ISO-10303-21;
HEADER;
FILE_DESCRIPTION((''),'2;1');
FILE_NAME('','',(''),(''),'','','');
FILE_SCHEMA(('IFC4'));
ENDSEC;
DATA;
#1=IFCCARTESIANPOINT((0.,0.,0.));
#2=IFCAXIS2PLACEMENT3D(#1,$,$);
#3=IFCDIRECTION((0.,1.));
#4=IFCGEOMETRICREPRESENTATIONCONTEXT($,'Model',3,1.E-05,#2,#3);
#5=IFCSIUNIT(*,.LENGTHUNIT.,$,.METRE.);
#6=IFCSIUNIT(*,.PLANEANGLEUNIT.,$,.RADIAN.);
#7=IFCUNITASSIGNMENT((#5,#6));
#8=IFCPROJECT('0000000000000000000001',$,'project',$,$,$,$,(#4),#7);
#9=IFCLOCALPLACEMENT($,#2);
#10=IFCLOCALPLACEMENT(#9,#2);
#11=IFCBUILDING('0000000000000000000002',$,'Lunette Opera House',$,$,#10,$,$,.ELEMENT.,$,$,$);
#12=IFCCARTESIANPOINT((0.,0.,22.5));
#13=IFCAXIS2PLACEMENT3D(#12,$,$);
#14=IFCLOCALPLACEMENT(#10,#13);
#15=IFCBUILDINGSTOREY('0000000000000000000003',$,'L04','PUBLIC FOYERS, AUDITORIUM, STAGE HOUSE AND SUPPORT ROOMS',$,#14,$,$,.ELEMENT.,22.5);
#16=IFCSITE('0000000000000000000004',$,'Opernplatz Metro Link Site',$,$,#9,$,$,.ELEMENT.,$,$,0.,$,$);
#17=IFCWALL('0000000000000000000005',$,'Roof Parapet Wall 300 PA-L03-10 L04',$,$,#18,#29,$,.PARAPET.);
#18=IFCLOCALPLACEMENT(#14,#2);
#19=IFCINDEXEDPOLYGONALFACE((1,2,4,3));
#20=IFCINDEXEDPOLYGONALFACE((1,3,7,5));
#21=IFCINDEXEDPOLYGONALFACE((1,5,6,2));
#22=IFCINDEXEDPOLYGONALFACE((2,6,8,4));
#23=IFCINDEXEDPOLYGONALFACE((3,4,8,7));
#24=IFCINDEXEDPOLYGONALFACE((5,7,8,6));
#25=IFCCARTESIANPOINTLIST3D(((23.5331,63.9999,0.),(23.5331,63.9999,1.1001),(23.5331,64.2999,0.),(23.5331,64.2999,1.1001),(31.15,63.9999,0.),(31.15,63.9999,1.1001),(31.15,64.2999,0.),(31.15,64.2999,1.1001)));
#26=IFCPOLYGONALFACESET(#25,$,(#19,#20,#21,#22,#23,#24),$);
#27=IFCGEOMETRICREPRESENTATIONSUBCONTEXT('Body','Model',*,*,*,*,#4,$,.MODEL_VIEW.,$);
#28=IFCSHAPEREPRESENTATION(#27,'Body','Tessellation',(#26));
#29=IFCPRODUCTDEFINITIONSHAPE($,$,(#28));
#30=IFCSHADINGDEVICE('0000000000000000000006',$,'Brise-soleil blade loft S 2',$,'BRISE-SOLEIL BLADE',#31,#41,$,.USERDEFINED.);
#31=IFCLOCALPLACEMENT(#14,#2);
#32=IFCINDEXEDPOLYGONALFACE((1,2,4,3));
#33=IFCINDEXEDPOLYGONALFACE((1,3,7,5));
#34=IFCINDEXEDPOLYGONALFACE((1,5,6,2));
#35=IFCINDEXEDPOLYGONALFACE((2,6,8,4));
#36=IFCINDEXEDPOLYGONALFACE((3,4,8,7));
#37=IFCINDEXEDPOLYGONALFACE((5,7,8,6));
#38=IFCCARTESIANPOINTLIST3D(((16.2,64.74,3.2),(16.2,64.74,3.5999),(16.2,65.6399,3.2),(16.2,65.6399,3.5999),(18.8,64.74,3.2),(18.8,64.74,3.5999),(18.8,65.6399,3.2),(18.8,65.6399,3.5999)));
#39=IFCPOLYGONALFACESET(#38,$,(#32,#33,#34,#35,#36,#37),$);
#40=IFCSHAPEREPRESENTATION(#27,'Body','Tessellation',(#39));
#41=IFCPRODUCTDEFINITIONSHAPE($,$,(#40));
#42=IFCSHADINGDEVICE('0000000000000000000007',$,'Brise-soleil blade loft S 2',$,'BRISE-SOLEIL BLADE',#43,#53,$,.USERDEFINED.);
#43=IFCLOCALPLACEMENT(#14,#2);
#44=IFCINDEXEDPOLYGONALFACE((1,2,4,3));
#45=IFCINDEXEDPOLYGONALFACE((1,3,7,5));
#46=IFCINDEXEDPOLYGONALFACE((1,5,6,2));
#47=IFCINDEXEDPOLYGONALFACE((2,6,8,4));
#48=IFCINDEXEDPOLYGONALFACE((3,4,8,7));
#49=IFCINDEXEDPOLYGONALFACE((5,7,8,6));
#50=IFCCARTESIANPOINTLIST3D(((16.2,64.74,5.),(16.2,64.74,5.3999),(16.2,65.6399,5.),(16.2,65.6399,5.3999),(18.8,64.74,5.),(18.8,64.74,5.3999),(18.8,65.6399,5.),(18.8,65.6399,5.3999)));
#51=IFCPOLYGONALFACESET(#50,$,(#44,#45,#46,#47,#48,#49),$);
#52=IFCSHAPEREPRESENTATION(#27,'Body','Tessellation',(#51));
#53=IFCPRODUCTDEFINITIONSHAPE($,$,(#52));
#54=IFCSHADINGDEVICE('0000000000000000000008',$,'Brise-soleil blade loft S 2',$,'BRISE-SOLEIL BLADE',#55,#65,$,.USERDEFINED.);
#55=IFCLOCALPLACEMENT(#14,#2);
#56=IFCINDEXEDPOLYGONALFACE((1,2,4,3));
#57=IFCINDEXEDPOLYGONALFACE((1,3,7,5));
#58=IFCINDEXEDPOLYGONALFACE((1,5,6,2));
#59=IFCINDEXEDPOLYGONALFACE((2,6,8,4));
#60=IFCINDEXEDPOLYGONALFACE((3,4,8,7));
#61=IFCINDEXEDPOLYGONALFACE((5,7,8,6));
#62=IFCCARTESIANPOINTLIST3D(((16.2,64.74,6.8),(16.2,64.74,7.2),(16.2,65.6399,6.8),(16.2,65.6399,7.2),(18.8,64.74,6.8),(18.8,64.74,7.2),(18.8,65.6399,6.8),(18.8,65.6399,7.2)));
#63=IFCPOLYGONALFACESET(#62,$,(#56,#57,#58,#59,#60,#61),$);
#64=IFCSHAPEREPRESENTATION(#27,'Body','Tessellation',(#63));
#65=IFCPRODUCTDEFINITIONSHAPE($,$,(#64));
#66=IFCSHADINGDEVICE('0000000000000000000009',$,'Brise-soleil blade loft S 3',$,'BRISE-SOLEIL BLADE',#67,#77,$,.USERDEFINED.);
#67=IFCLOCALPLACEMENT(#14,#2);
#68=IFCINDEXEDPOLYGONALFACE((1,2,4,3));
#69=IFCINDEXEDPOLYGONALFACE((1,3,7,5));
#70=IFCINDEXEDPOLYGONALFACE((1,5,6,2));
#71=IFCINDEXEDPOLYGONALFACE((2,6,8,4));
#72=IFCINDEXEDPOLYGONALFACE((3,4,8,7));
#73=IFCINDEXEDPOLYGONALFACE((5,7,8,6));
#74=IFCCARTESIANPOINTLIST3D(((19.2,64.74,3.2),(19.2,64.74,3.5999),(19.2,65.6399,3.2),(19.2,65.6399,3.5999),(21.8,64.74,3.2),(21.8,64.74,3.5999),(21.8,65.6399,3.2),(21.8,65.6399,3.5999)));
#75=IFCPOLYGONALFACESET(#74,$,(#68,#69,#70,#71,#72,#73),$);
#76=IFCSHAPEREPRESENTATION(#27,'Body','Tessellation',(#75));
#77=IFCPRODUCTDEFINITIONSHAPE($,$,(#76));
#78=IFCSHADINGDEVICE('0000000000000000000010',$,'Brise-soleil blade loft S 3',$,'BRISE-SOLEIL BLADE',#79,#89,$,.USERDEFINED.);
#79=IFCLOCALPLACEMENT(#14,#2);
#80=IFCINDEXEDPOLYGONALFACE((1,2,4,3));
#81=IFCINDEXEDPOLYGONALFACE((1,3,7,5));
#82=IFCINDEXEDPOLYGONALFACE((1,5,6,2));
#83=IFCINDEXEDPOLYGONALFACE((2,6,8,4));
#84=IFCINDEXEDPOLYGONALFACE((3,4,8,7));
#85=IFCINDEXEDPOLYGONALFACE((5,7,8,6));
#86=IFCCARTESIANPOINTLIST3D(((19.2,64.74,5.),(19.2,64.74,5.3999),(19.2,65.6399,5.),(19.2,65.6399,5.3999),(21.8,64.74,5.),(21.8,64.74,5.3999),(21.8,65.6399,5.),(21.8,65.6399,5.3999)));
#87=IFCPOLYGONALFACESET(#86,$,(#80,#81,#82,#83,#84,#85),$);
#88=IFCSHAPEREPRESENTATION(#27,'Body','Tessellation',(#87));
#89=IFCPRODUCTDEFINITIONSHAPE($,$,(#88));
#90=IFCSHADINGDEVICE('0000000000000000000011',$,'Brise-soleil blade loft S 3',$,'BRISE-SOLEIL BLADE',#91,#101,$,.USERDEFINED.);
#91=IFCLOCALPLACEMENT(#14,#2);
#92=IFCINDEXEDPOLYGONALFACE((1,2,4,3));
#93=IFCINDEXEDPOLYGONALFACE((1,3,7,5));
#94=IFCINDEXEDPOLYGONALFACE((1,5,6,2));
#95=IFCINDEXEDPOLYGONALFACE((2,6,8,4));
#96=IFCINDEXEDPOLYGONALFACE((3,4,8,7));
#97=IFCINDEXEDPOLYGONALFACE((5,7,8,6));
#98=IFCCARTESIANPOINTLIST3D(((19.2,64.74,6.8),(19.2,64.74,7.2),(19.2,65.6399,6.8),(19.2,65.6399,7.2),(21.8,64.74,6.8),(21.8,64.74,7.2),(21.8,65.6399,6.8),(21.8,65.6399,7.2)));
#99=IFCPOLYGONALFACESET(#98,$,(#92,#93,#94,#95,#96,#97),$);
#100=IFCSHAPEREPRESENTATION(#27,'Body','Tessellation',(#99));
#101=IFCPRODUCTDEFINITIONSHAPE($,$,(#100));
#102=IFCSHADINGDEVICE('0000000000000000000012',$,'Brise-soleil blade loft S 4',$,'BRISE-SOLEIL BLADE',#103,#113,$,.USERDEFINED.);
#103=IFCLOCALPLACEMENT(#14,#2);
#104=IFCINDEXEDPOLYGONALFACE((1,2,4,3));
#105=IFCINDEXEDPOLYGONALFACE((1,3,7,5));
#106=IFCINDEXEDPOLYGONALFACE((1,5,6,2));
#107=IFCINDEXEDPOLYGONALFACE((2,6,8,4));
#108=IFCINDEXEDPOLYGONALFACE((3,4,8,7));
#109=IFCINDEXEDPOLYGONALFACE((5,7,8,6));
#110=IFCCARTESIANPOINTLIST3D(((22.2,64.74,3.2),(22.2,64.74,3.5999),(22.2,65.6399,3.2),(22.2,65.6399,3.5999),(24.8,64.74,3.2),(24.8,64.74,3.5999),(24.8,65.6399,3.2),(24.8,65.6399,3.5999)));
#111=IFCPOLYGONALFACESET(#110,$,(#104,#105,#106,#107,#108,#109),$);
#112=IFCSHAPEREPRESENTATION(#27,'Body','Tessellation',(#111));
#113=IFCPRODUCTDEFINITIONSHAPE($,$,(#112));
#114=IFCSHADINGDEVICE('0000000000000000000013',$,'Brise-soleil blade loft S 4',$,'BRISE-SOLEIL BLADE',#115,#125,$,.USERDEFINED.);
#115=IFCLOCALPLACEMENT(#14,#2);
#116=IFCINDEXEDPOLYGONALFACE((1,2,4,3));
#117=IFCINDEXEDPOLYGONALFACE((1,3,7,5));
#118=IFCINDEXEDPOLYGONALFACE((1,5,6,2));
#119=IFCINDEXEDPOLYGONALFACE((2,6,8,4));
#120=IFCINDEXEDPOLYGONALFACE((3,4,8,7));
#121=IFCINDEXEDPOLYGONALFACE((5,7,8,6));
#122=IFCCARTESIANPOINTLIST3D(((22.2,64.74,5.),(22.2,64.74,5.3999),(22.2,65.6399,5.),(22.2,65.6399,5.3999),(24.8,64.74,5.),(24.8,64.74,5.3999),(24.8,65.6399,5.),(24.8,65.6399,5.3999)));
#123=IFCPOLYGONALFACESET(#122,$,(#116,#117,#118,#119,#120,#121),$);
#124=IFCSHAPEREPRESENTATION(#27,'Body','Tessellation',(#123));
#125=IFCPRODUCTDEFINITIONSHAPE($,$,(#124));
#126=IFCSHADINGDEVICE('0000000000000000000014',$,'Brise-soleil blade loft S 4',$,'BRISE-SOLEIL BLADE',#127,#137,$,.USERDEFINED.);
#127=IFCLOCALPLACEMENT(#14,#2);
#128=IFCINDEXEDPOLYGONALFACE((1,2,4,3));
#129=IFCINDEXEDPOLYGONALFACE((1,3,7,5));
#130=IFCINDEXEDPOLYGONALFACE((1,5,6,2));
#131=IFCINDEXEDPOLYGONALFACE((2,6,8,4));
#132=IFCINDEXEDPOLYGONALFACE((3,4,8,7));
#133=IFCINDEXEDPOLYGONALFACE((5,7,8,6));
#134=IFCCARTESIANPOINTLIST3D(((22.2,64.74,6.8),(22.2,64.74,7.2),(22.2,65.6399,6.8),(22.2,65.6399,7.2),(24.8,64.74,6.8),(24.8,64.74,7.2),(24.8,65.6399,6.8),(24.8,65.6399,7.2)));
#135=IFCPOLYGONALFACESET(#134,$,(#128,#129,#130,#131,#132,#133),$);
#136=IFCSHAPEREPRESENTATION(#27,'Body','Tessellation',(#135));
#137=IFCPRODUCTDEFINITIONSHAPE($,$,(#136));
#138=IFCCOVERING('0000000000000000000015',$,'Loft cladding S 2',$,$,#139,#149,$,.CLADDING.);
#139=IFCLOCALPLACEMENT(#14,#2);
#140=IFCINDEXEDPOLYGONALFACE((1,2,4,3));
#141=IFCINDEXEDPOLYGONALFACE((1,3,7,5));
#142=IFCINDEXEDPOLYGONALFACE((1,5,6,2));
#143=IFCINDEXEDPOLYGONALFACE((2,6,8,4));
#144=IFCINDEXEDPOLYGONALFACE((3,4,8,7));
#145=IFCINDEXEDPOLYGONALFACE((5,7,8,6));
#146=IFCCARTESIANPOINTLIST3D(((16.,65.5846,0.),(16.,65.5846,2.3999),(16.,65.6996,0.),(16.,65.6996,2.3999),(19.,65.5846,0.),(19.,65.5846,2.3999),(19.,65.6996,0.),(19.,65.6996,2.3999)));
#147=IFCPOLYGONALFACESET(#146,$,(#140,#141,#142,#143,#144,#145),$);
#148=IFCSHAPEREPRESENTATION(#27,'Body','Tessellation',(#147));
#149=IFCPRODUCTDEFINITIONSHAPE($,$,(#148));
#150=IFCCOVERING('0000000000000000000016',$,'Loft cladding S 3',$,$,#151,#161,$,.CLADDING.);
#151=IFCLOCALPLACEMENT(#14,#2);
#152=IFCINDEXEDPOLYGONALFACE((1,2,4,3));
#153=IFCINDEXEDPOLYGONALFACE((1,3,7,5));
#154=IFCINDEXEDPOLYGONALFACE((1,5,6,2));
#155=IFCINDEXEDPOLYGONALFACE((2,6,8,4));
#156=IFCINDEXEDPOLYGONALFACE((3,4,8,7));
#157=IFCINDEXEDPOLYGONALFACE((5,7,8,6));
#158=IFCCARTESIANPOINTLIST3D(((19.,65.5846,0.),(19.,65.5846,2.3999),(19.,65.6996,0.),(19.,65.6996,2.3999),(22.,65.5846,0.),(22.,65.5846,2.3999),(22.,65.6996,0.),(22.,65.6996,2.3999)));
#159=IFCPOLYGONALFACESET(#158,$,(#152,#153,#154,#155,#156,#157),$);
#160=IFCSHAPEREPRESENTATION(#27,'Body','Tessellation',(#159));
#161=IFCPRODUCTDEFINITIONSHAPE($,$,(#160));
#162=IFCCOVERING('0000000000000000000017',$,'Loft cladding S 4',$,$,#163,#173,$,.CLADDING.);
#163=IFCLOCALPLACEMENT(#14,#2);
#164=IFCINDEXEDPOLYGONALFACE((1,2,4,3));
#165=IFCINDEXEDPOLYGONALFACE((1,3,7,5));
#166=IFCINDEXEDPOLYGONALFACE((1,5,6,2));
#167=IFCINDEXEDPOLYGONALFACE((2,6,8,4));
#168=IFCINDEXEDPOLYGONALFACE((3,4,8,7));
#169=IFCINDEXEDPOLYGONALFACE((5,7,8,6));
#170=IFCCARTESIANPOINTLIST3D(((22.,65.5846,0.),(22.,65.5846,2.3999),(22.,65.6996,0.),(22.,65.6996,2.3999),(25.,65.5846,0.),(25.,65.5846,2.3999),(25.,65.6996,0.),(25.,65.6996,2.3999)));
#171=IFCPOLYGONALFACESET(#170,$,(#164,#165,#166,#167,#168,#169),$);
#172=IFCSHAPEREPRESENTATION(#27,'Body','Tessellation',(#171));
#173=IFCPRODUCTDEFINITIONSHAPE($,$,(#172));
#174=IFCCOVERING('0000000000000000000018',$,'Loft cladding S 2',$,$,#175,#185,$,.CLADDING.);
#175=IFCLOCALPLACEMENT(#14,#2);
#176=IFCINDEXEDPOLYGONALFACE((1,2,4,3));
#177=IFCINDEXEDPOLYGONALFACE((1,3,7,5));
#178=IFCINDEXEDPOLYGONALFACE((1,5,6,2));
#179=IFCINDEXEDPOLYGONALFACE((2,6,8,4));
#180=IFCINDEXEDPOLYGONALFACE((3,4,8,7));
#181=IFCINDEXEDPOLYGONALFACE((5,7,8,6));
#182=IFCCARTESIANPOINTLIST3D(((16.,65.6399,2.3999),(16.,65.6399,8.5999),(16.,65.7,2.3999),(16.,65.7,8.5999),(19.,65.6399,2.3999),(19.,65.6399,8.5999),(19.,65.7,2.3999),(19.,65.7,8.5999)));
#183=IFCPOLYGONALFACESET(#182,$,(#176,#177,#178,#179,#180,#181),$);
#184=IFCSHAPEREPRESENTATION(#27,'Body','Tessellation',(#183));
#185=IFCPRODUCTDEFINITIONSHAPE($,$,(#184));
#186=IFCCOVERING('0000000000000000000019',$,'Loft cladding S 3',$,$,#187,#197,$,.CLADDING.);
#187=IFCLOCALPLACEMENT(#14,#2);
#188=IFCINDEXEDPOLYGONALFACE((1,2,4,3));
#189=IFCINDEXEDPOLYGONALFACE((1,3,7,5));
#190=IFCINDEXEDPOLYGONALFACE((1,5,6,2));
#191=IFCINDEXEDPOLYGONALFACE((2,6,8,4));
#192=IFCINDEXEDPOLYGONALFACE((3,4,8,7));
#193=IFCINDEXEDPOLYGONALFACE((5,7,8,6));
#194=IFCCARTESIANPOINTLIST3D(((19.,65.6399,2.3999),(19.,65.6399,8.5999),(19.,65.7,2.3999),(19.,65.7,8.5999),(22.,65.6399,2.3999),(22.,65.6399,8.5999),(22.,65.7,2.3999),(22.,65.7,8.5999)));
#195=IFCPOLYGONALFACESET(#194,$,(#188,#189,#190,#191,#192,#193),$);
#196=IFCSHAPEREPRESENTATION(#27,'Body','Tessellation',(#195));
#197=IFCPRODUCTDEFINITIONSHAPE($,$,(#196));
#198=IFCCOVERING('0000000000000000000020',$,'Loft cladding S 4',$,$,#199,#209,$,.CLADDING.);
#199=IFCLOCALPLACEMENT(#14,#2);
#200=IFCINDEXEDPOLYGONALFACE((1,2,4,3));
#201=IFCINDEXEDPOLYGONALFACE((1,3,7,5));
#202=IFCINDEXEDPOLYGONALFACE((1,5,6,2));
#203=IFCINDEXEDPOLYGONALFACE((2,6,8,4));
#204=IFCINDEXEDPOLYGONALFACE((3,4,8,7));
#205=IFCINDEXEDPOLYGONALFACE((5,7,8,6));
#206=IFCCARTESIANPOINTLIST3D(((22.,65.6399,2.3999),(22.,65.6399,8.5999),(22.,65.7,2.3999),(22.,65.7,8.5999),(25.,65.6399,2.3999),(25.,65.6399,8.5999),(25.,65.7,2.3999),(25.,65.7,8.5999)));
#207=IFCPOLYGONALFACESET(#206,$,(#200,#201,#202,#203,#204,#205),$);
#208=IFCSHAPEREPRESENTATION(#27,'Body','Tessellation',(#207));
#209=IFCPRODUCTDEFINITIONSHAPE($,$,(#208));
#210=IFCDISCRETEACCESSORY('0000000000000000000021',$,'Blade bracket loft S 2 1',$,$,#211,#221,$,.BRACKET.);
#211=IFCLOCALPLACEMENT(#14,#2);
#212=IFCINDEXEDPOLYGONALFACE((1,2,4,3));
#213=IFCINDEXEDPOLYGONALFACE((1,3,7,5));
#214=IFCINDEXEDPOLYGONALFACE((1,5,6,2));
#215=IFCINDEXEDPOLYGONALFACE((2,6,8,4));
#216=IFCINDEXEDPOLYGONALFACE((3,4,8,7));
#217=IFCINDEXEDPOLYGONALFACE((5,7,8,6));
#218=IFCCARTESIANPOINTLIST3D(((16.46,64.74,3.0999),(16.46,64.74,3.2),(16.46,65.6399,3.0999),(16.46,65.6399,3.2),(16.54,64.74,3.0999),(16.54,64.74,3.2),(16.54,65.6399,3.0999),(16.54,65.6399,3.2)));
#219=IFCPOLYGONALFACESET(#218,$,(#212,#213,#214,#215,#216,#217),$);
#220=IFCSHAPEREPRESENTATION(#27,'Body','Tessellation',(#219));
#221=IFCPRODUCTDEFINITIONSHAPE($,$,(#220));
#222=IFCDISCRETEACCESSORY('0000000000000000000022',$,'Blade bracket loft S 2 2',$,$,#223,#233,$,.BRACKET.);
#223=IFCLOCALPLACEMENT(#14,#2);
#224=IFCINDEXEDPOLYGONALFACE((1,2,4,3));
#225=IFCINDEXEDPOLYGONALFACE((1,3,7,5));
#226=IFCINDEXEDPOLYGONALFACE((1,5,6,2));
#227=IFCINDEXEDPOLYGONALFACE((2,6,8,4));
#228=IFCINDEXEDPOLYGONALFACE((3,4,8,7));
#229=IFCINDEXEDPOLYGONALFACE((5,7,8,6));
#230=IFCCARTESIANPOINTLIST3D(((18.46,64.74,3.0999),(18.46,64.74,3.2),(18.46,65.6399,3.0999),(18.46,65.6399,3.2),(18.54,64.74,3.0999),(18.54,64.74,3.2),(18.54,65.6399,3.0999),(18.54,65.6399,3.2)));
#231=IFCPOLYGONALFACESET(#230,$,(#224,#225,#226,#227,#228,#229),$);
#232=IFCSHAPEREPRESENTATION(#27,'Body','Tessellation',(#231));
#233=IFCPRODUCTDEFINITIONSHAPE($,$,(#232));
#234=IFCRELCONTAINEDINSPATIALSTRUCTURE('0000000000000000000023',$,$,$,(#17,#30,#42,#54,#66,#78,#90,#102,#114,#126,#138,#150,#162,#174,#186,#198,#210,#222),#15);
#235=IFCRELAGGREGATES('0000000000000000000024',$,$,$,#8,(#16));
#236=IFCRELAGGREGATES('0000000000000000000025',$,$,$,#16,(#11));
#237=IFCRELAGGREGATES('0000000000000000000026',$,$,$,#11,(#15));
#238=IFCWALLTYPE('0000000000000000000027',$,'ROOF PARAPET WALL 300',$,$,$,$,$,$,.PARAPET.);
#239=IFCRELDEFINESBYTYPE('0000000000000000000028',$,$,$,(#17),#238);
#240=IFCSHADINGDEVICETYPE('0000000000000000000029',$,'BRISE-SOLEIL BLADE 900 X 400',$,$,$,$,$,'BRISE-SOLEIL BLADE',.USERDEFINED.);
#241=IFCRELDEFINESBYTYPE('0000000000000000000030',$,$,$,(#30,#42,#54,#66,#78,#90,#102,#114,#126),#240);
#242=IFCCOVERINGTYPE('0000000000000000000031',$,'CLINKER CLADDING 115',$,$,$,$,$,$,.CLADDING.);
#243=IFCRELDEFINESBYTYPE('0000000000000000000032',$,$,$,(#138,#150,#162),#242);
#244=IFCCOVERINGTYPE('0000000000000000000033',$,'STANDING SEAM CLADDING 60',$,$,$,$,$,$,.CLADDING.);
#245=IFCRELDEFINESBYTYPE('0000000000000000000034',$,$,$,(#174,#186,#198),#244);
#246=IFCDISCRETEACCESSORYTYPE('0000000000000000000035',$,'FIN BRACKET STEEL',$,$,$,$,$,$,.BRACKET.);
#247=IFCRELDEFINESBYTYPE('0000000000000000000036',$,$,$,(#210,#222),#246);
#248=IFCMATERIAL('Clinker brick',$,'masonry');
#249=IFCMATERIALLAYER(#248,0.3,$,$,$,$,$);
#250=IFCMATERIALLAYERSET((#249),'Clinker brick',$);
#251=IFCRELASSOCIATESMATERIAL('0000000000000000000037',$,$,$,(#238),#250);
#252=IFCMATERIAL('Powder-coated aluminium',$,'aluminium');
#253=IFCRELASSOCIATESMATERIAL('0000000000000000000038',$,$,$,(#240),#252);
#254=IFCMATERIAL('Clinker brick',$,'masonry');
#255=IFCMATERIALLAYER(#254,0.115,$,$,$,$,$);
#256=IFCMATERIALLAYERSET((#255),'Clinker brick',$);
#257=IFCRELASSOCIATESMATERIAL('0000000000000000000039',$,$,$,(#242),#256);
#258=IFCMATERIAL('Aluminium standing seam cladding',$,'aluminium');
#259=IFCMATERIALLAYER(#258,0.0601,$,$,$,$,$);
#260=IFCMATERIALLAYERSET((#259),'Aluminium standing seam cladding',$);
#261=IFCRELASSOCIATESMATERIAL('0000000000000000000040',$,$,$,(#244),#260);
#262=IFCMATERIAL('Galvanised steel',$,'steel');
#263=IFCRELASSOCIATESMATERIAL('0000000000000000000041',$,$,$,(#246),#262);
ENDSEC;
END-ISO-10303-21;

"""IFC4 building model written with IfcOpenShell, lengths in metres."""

from ifc_helpers import new_model, si_unit, direction, frame, frame_2d, origin, origin_2d, place, context, subcontext, project, spatial, rectangle, extrude, material, layer, layer_set, type_object, element, save


model = new_model("IFC4")

# Units and contexts
model_context = context("Model", 3, precision=1e-05, world=origin(), true_north=direction((0.0, 1.0)))
body_context = subcontext(model_context, "Body", "Model", "MODEL_VIEW")
ifc_project = project(units=[si_unit("LENGTHUNIT", "METRE"), si_unit("PLANEANGLEUNIT", "RADIAN")], contexts=[model_context])

# Site, building, storey
site_placement = place(None, origin())
site = spatial("IfcSite", under=ifc_project, at=site_placement, Name="Opernplatz Metro Link Site", CompositionType="ELEMENT", RefElevation=0.0)
building_placement = place(site_placement, origin())
building = spatial("IfcBuilding", under=site, at=building_placement, Name="Lunette Opera House", CompositionType="ELEMENT")
storey_placement = place(building_placement, frame((0.0, 0.0, 22.5)))
storey = spatial("IfcBuildingStorey", under=building, at=storey_placement, Name="L04", Description="PUBLIC FOYERS, AUDITORIUM, STAGE HOUSE AND SUPPORT ROOMS", CompositionType="ELEMENT", Elevation=22.5)

# Wall
ifc_material_1 = material(Name="Clinker brick", Category="masonry")
ifc_layer_1 = layer(ifc_material_1, 0.3)
ifc_layer_set_1 = layer_set([ifc_layer_1], Name="Clinker brick")
wall_type = type_object("IfcWallType", Name="ROOF PARAPET WALL 300", PredefinedType="PARAPET", material=ifc_layer_set_1)
wall_placement = place(storey_placement, frame((23.533, 64.1499, 0.0), z_axis=(0.0, 0.0, 1.0), x_axis=(1.0, 0.0, 0.0)))
element("IfcWall", 1, at=wall_placement, inside=storey, type_object=wall_type, Name="Roof Parapet Wall 300 PA-L03-10 L04", PredefinedType="PARAPET", context=body_context, shape_type="SweptSolid", body=[
    extrude(rectangle(XDim=7.6169, YDim=0.3, at=frame_2d((3.8086, 0.0))), origin(), (0.0, 0.0, 1.0), 1.1001),
])

# Shading devices
ifc_material_2 = material(Name="Powder-coated aluminium", Category="aluminium")
shading_device_type = type_object("IfcShadingDeviceType", Name="BRISE-SOLEIL BLADE 900 X 400", ElementType="BRISE-SOLEIL BLADE", PredefinedType="USERDEFINED", material=ifc_material_2)
for number, where, z_axis, x_axis, name in (
    (2, (17.5, 65.1899, 3.2), (0.0, 0.0, 1.0), (0.0, -1.0, 0.0), "Brise-soleil blade loft S 2"),
    (3, (17.5, 65.1899, 5.0), (0.0, 0.0, 1.0), (0.0, -1.0, 0.0), "Brise-soleil blade loft S 2"),
    (4, (17.5, 65.1899, 6.8), (0.0, 0.0, 1.0), (0.0, -1.0, 0.0), "Brise-soleil blade loft S 2"),
    (5, (20.5, 65.1899, 3.2), (0.0, 0.0, 1.0), (0.0, -1.0, 0.0), "Brise-soleil blade loft S 3"),
    (6, (20.5, 65.1899, 5.0), (0.0, 0.0, 1.0), (0.0, -1.0, 0.0), "Brise-soleil blade loft S 3"),
    (7, (20.5, 65.1899, 6.8), (0.0, 0.0, 1.0), (0.0, -1.0, 0.0), "Brise-soleil blade loft S 3"),
    (8, (23.5, 65.1899, 3.2), (0.0, 0.0, 1.0), (0.0, -1.0, 0.0), "Brise-soleil blade loft S 4"),
    (9, (23.5, 65.1899, 5.0), (0.0, 0.0, 1.0), (0.0, -1.0, 0.0), "Brise-soleil blade loft S 4"),
    (10, (23.5, 65.1899, 6.8), (0.0, 0.0, 1.0), (0.0, -1.0, 0.0), "Brise-soleil blade loft S 4"),
):
    element("IfcShadingDevice", number, at=place(storey_placement, frame(where, z_axis=z_axis, x_axis=x_axis)), inside=storey, type_object=shading_device_type, Name=name, ObjectType="BRISE-SOLEIL BLADE", PredefinedType="USERDEFINED", context=body_context, shape_type="SweptSolid", body=[
        extrude(rectangle(XDim=0.8999, YDim=2.6001, at=origin_2d()), origin(), (0.0, 0.0, 1.0), 0.3999),
    ])

# Coverings
ifc_material_3 = material(Name="Clinker brick", Category="masonry")
ifc_layer_2 = layer(ifc_material_3, 0.115)
ifc_layer_set_2 = layer_set([ifc_layer_2], Name="Clinker brick")
covering_type_1 = type_object("IfcCoveringType", Name="CLINKER CLADDING 115", PredefinedType="CLADDING", material=ifc_layer_set_2)
for number, where, z_axis, x_axis, name in (
    (11, (17.5, 65.6421, 0.0), (0.0, 0.0, 1.0), (1.0, 0.0, 0.0), "Loft cladding S 2"),
    (12, (20.5, 65.6421, 0.0), (0.0, 0.0, 1.0), (1.0, 0.0, 0.0), "Loft cladding S 3"),
    (13, (23.5, 65.6421, 0.0), (0.0, 0.0, 1.0), (1.0, 0.0, 0.0), "Loft cladding S 4"),
):
    element("IfcCovering", number, at=place(storey_placement, frame(where, z_axis=z_axis, x_axis=x_axis)), inside=storey, type_object=covering_type_1, Name=name, PredefinedType="CLADDING", context=body_context, shape_type="SweptSolid", body=[
        extrude(rectangle(XDim=3.0, YDim=0.115, at=origin_2d()), origin(), (0.0, 0.0, 1.0), 2.3999),
    ])
ifc_material_4 = material(Name="Aluminium standing seam cladding", Category="aluminium")
ifc_layer_3 = layer(ifc_material_4, 0.0601)
ifc_layer_set_3 = layer_set([ifc_layer_3], Name="Aluminium standing seam cladding")
covering_type_2 = type_object("IfcCoveringType", Name="STANDING SEAM CLADDING 60", PredefinedType="CLADDING", material=ifc_layer_set_3)
for number, where, z_axis, x_axis, name in (
    (14, (17.5, 65.6699, 2.3999), (0.0, 0.0, 1.0), (1.0, 0.0, 0.0), "Loft cladding S 2"),
    (15, (20.5, 65.6699, 2.3999), (0.0, 0.0, 1.0), (1.0, 0.0, 0.0), "Loft cladding S 3"),
    (16, (23.5, 65.6699, 2.3999), (0.0, 0.0, 1.0), (1.0, 0.0, 0.0), "Loft cladding S 4"),
):
    element("IfcCovering", number, at=place(storey_placement, frame(where, z_axis=z_axis, x_axis=x_axis)), inside=storey, type_object=covering_type_2, Name=name, PredefinedType="CLADDING", context=body_context, shape_type="SweptSolid", body=[
        extrude(rectangle(XDim=3.0, YDim=0.0601, at=origin_2d()), origin(), (0.0, 0.0, 1.0), 6.2),
    ])

# Discrete accessories
ifc_material_5 = material(Name="Galvanised steel", Category="steel")
discrete_accessory_type = type_object("IfcDiscreteAccessoryType", Name="FIN BRACKET STEEL", PredefinedType="BRACKET", material=ifc_material_5)
for number, where, z_axis, x_axis, name in (
    (17, (16.5, 65.1899, 3.0999), (0.0, 0.0, 1.0), (0.0, -1.0, 0.0), "Blade bracket loft S 2 1"),
    (18, (18.5, 65.1899, 3.0999), (0.0, 0.0, 1.0), (0.0, -1.0, 0.0), "Blade bracket loft S 2 2"),
):
    element("IfcDiscreteAccessory", number, at=place(storey_placement, frame(where, z_axis=z_axis, x_axis=x_axis)), inside=storey, type_object=discrete_accessory_type, Name=name, PredefinedType="BRACKET", context=body_context, shape_type="SweptSolid", body=[
        extrude(rectangle(XDim=0.8999, YDim=0.0801, at=origin_2d()), origin(), (0.0, 0.0, 1.0), 0.1001),
    ])

save(model, "model.ifc")
